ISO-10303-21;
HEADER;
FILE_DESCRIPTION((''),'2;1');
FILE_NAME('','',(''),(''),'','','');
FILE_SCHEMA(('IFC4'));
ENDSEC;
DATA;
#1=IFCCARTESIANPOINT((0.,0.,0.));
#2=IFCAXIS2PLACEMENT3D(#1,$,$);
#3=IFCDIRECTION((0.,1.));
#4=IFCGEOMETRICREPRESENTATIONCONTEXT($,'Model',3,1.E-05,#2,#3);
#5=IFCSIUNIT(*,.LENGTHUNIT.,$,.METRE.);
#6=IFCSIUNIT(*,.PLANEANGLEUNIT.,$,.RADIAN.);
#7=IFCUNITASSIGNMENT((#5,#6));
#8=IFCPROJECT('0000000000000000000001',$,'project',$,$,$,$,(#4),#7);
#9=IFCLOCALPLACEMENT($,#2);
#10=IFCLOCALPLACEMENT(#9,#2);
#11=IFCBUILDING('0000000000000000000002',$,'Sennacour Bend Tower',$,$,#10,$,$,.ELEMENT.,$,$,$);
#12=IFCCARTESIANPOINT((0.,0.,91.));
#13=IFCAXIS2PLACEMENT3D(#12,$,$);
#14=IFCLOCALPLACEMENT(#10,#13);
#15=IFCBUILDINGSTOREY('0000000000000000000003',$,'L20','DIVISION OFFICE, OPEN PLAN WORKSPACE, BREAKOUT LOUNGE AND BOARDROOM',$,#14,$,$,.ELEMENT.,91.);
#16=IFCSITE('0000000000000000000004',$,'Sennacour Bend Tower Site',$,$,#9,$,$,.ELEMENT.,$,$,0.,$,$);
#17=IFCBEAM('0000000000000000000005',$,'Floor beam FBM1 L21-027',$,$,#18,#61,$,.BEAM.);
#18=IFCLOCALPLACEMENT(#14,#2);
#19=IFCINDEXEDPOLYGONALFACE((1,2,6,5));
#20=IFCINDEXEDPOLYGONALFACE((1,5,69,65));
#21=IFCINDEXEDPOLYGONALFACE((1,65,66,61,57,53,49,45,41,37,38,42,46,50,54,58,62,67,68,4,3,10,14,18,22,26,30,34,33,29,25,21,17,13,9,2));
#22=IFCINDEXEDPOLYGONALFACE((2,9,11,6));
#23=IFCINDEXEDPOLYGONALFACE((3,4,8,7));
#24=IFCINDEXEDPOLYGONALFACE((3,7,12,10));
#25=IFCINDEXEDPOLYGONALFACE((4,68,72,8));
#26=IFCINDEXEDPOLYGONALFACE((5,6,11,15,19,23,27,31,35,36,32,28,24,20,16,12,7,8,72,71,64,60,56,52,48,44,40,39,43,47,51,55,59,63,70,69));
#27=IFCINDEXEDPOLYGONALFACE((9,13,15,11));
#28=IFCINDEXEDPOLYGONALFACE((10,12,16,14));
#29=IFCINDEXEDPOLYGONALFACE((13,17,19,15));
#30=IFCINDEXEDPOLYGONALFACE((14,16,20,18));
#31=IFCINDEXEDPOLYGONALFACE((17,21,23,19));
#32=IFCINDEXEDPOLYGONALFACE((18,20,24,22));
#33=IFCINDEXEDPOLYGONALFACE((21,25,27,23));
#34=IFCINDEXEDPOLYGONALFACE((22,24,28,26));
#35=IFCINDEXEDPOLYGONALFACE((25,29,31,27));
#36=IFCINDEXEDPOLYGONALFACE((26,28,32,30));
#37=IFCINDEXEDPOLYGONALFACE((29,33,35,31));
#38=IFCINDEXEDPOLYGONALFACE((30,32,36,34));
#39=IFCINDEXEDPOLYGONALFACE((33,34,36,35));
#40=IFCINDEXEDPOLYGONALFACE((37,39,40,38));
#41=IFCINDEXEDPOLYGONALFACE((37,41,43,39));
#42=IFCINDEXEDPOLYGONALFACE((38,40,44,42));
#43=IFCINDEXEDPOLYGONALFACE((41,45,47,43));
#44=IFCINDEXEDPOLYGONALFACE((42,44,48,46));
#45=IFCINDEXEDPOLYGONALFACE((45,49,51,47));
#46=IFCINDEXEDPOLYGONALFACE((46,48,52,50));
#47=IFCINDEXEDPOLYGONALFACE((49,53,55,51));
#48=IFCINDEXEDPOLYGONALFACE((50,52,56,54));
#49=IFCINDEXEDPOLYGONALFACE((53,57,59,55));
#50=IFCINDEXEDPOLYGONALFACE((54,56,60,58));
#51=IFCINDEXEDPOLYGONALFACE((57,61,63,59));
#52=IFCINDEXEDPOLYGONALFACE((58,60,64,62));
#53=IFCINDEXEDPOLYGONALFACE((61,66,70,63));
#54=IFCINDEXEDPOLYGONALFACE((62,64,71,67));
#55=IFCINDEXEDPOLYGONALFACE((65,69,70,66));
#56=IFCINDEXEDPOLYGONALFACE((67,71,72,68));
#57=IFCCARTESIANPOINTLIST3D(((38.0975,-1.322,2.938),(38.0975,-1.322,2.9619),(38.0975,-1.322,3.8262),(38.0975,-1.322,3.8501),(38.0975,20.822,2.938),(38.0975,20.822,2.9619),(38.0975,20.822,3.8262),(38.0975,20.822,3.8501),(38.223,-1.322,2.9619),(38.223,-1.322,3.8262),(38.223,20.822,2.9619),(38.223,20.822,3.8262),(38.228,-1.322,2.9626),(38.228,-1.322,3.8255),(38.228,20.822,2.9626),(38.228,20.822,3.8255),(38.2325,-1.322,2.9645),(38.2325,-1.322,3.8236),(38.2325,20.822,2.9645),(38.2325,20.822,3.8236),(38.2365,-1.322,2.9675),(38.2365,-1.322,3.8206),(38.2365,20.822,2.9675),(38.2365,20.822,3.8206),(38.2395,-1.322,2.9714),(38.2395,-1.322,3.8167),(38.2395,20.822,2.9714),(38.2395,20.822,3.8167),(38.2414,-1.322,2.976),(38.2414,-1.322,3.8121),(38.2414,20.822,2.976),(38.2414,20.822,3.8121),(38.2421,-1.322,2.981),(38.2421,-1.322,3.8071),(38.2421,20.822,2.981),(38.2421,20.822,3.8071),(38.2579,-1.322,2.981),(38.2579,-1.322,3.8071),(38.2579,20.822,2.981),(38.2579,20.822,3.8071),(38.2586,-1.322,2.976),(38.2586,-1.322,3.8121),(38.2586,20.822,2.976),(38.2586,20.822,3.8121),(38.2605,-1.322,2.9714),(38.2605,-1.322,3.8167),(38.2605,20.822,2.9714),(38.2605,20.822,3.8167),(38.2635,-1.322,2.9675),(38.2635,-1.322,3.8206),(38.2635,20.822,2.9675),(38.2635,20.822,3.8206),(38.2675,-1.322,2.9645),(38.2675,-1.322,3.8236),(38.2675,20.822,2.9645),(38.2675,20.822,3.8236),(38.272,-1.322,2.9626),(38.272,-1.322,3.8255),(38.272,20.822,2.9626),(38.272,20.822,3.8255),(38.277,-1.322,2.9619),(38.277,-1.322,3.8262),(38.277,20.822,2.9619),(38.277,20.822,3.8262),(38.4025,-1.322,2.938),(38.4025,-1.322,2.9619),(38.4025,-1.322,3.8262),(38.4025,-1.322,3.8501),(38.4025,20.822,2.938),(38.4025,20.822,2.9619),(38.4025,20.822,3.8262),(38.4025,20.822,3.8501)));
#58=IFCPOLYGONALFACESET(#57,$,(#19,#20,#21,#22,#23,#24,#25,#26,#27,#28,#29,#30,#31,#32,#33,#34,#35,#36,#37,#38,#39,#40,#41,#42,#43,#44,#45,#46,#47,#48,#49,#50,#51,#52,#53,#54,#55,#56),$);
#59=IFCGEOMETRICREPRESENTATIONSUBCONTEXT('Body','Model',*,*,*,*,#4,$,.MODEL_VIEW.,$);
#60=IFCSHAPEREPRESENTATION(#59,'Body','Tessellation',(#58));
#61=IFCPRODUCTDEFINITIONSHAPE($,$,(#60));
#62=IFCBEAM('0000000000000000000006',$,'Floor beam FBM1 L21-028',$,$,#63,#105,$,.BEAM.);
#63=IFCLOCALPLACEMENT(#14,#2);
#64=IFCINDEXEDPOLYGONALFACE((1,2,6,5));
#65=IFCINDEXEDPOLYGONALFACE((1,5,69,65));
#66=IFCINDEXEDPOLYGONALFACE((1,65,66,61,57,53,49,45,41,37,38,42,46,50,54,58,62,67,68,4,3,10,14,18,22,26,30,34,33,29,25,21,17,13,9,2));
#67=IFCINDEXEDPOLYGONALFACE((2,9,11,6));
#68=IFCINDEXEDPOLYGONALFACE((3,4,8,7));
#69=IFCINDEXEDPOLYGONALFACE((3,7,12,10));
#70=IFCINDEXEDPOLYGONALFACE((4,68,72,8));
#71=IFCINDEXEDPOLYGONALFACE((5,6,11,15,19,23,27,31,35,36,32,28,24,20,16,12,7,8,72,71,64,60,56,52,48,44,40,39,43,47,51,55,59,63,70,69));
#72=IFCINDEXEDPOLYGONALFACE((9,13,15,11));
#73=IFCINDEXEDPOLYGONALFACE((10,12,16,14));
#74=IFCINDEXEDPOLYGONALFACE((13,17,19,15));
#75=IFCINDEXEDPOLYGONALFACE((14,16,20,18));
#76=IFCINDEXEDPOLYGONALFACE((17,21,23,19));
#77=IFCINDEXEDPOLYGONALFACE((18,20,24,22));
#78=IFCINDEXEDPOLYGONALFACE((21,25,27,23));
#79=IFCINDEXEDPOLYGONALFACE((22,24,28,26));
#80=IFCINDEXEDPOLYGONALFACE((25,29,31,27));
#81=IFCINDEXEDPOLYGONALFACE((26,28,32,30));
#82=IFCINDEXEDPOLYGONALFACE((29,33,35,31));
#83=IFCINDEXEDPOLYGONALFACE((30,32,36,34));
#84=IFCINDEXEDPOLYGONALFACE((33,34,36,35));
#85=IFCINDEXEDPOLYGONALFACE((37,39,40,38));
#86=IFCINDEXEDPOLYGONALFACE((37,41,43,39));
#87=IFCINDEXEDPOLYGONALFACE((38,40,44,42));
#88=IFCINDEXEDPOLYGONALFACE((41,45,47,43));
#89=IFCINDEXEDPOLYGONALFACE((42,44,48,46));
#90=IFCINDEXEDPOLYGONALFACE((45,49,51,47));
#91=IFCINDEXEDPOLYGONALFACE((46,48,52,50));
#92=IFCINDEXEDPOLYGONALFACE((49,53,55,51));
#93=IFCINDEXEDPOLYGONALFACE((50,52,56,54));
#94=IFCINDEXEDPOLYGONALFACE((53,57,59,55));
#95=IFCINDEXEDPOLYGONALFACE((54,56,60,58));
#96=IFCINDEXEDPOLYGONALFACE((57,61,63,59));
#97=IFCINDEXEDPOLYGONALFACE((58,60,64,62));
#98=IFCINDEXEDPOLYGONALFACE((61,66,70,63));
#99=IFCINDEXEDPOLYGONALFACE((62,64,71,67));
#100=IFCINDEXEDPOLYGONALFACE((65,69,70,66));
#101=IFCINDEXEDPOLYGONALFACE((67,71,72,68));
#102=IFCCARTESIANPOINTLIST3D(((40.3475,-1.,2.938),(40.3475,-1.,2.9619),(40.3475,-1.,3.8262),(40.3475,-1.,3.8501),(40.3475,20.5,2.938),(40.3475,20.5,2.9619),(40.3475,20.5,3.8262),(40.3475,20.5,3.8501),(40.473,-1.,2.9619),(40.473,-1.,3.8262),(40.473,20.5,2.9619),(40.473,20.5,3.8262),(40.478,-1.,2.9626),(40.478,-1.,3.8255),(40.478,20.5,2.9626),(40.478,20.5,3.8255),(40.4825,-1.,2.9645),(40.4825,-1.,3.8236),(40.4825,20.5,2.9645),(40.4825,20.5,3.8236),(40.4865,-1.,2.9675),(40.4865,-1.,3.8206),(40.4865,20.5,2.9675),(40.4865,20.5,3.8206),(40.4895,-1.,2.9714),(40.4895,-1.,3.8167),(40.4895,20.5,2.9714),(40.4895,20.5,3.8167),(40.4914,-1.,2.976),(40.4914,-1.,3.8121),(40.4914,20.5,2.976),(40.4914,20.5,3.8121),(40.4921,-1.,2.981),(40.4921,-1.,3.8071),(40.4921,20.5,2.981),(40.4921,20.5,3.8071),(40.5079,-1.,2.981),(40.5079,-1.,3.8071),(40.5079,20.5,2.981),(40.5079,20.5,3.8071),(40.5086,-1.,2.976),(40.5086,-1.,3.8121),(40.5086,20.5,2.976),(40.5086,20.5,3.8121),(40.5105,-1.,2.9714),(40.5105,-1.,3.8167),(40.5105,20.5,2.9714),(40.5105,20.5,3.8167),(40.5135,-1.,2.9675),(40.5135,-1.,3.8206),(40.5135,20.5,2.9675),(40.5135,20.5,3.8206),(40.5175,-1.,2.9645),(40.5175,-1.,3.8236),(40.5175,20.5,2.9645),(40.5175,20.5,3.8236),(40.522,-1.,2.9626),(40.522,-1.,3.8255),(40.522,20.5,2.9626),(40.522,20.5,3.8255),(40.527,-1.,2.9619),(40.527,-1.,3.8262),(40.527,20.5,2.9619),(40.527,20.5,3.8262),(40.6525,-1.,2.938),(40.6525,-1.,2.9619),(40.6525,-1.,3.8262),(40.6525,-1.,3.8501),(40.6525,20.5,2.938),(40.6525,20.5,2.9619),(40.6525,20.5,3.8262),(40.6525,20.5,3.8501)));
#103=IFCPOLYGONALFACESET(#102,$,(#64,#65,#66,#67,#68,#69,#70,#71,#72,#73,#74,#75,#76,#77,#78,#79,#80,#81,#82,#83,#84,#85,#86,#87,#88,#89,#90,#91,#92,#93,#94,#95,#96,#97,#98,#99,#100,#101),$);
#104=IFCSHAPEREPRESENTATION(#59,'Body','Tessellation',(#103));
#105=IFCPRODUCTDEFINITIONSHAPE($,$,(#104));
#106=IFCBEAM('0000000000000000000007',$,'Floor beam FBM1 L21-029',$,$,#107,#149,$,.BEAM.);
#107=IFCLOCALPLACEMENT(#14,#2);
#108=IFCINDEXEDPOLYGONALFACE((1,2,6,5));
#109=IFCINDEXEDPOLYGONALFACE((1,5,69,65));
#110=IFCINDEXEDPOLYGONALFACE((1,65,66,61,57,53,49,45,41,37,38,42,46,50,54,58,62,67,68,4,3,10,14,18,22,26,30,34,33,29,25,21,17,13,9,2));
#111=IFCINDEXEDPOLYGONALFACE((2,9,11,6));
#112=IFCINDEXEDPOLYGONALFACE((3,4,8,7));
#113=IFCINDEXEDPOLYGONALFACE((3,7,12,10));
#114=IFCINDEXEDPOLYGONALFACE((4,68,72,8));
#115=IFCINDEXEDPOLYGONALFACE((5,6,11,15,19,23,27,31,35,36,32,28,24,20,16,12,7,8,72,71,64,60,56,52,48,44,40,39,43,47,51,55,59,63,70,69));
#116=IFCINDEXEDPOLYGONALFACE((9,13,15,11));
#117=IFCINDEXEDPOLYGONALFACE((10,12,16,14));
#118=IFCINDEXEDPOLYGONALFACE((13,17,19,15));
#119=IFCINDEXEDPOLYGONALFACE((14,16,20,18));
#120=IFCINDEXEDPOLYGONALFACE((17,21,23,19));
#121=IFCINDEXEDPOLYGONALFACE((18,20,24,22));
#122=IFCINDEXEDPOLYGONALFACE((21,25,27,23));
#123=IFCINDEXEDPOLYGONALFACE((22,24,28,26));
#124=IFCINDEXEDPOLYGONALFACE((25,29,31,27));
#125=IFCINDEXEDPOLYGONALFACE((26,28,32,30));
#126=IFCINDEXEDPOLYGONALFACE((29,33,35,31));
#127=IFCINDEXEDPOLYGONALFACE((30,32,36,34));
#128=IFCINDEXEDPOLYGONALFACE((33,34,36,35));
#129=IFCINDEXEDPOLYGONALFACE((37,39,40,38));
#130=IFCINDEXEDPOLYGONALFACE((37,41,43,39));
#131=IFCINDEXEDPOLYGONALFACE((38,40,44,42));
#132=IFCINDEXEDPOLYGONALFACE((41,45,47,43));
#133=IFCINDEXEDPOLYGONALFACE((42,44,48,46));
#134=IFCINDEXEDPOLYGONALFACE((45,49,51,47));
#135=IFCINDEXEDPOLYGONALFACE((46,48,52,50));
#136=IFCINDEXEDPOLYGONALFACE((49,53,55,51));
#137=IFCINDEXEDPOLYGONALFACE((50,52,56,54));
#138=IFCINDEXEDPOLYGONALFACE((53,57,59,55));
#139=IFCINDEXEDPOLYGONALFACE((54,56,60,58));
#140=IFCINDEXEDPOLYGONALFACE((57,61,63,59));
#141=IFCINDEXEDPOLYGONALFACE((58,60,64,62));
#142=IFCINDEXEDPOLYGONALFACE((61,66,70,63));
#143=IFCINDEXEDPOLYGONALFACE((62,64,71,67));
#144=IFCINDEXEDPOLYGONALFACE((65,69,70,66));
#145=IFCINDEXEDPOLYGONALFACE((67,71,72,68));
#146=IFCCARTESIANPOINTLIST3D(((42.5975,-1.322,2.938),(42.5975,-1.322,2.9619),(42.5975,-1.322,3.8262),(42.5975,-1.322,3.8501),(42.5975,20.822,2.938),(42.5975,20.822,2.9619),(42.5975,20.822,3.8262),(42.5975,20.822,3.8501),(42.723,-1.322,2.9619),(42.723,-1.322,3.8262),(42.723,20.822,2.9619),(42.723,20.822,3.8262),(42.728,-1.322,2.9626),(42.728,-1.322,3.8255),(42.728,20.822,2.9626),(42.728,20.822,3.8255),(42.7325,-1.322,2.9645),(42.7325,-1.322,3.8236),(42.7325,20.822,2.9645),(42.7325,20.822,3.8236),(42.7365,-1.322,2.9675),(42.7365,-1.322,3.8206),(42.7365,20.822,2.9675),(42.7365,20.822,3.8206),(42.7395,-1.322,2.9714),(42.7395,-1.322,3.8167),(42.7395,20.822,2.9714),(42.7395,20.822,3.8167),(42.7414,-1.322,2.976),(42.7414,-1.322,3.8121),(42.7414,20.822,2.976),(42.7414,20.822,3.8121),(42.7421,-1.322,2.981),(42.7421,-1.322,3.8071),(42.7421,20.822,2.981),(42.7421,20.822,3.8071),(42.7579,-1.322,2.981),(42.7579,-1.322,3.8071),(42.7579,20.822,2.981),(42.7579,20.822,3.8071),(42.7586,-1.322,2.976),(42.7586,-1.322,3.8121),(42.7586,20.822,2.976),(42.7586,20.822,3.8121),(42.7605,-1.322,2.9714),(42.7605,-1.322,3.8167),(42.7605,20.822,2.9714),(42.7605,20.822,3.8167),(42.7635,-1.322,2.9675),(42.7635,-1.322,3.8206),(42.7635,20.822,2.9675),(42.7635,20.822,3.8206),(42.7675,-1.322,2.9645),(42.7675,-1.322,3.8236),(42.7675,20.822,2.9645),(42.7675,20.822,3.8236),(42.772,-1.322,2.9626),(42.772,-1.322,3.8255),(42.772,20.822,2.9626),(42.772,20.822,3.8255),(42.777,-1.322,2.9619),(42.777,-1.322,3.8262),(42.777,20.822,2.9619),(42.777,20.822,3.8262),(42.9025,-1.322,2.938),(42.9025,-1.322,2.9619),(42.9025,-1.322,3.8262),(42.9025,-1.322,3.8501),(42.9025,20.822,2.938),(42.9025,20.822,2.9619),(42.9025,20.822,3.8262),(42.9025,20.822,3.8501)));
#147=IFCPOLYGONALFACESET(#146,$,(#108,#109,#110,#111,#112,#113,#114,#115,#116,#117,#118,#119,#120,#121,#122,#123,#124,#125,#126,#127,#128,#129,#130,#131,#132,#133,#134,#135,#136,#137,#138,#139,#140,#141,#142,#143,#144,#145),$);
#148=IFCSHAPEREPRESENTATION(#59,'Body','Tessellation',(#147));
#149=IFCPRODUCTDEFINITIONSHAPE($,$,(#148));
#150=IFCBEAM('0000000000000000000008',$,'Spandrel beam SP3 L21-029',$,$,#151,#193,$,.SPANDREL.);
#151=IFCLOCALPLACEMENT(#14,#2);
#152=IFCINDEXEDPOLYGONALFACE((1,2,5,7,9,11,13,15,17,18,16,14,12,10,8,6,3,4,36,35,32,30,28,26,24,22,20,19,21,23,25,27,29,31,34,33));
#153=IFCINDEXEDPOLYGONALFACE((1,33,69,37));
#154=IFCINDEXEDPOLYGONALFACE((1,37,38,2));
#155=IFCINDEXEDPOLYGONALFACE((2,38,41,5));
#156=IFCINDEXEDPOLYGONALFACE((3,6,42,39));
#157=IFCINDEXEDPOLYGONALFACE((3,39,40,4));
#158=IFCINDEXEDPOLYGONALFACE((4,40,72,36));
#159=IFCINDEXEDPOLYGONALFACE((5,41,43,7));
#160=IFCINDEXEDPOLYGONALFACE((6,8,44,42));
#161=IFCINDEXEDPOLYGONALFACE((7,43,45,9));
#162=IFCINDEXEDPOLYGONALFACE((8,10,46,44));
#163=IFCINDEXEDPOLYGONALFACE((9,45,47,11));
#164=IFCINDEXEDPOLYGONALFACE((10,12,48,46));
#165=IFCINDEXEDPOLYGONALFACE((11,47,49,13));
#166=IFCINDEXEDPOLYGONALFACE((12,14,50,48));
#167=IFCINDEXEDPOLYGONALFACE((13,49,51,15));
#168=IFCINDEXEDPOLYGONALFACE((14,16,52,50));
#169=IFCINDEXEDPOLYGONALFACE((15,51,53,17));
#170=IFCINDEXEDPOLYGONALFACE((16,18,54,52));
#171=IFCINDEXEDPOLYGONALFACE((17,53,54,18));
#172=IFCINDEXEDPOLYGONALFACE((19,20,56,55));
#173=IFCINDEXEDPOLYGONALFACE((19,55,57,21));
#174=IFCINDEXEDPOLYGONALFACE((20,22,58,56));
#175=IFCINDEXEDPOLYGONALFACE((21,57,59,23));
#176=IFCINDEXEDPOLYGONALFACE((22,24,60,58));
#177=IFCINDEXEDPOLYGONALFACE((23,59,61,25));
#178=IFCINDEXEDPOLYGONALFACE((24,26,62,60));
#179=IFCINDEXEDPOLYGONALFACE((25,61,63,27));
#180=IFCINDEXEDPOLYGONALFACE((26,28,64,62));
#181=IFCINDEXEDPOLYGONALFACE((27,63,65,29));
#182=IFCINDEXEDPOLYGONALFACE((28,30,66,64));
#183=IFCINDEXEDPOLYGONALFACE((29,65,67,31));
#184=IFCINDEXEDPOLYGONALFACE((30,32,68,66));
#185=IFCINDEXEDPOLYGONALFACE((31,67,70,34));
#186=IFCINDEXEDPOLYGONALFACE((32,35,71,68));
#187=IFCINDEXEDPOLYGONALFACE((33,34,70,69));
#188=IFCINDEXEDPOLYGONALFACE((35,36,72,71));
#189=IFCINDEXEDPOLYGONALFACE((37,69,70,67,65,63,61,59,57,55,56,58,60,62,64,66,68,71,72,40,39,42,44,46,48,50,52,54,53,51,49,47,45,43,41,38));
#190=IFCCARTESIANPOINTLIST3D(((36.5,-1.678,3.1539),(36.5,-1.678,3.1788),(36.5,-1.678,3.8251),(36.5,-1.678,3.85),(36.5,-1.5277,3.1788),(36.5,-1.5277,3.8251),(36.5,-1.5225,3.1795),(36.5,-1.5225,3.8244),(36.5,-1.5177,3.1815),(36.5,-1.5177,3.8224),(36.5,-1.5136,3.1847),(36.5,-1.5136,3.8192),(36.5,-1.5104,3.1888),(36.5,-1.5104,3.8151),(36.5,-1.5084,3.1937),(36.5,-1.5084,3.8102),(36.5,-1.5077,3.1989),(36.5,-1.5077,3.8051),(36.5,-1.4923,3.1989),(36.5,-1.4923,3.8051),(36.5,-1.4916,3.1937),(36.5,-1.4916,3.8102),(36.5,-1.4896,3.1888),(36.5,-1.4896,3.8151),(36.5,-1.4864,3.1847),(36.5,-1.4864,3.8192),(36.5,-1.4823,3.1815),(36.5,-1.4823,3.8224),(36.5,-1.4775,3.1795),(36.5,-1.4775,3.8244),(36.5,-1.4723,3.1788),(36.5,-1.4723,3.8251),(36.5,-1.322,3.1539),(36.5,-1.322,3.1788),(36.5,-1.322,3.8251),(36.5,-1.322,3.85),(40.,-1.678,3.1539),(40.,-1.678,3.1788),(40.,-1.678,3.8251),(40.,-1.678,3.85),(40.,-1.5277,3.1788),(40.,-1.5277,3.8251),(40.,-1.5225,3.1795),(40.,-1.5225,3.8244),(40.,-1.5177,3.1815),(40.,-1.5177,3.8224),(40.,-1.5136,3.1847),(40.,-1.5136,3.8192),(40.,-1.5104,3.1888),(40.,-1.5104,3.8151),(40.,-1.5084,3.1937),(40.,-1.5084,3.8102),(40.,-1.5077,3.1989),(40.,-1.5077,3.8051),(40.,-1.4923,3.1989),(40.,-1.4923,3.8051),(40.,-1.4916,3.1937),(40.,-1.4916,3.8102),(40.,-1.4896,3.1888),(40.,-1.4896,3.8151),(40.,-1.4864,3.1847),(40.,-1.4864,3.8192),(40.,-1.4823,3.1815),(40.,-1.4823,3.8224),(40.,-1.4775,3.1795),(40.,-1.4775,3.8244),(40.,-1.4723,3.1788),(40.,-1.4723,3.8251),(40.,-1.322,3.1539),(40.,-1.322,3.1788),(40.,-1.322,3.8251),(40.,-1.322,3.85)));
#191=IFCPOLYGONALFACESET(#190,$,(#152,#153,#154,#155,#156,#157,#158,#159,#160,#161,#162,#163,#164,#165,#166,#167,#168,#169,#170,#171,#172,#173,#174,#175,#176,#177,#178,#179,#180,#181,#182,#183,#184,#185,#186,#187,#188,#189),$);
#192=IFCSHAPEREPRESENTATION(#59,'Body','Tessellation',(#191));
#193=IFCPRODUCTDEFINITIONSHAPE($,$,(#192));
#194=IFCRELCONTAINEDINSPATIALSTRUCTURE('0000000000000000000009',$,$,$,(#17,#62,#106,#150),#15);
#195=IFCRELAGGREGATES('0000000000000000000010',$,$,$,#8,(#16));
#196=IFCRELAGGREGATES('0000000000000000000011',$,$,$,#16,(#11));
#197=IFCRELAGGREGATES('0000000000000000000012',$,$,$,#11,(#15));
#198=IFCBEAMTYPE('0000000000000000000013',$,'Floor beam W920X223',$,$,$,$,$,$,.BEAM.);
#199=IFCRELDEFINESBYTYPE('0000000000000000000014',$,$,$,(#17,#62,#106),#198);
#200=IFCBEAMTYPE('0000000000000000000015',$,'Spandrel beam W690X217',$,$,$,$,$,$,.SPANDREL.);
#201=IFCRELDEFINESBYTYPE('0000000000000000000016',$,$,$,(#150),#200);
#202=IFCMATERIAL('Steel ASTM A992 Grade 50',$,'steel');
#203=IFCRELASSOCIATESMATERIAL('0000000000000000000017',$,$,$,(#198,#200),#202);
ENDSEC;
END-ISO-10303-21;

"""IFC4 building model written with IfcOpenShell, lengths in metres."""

from ifc_helpers import new_model, si_unit, direction, frame, origin, origin_2d, place, context, subcontext, project, spatial, i_section, extrude, material, material_profile, profile_set, type_object, element, save


model = new_model("IFC4")

# Units and contexts
model_context = context("Model", 3, precision=1e-05, world=origin(), true_north=direction((0.0, 1.0)))
body_context = subcontext(model_context, "Body", "Model", "MODEL_VIEW")
ifc_project = project(units=[si_unit("LENGTHUNIT", "METRE"), si_unit("PLANEANGLEUNIT", "RADIAN")], contexts=[model_context])

# Site, building, storey
site_placement = place(None, origin())
site = spatial("IfcSite", under=ifc_project, at=site_placement, Name="Sennacour Bend Tower Site", CompositionType="ELEMENT", RefElevation=0.0)
building_placement = place(site_placement, origin())
building = spatial("IfcBuilding", under=site, at=building_placement, Name="Sennacour Bend Tower", CompositionType="ELEMENT")
storey_placement = place(building_placement, frame((0.0, 0.0, 91.0)))
storey = spatial("IfcBuildingStorey", under=building, at=storey_placement, Name="L20", Description="DIVISION OFFICE, OPEN PLAN WORKSPACE, BREAKOUT LOUNGE AND BOARDROOM", CompositionType="ELEMENT", Elevation=91.0)

# Beams
ifc_material_1 = material(Name="Steel ASTM A992 Grade 50", Category="steel")
ifc_material_profile_1 = material_profile(ifc_material_1, i_section(OverallWidth=0.3049, OverallDepth=0.9121, WebThickness=0.0159, FlangeThickness=0.0239, FilletRadius=0.019, at=origin_2d()), Name="Steel ASTM A992 Grade 50", Category="steel")
ifc_profile_set_1 = profile_set([ifc_material_profile_1], Name="Steel ASTM A992 Grade 50")
beam_type_1 = type_object("IfcBeamType", Name="Floor beam W920X223", PredefinedType="BEAM", material=ifc_profile_set_1)
beam_1_placement = place(storey_placement, frame((38.25, -1.322, 3.394), z_axis=(0.0, 1.0, 0.0), x_axis=(-1.0, 0.0, 0.0)))
element("IfcBeam", 1, at=beam_1_placement, inside=storey, type_object=beam_type_1, Name="Floor beam FBM1 L21-027", PredefinedType="BEAM", context=body_context, shape_type="SweptSolid", body=[
    extrude(i_section(OverallWidth=0.3049, OverallDepth=0.9121, WebThickness=0.0159, FlangeThickness=0.0239, FilletRadius=0.019, at=origin_2d()), origin(), (0.0, 0.0, 1.0), 22.144),
])
beam_2_placement = place(storey_placement, frame((40.5, -1.0, 3.394), z_axis=(0.0, 1.0, 0.0), x_axis=(-1.0, 0.0, 0.0)))
element("IfcBeam", 2, at=beam_2_placement, inside=storey, type_object=beam_type_1, Name="Floor beam FBM1 L21-028", PredefinedType="BEAM", context=body_context, shape_type="SweptSolid", body=[
    extrude(i_section(OverallWidth=0.3049, OverallDepth=0.9121, WebThickness=0.0159, FlangeThickness=0.0239, FilletRadius=0.019, at=origin_2d()), origin(), (0.0, 0.0, 1.0), 21.5),
])
beam_3_placement = place(storey_placement, frame((42.75, -1.322, 3.394), z_axis=(0.0, 1.0, 0.0), x_axis=(-1.0, 0.0, 0.0)))
element("IfcBeam", 3, at=beam_3_placement, inside=storey, type_object=beam_type_1, Name="Floor beam FBM1 L21-029", PredefinedType="BEAM", context=body_context, shape_type="SweptSolid", body=[
    extrude(i_section(OverallWidth=0.3049, OverallDepth=0.9121, WebThickness=0.0159, FlangeThickness=0.0239, FilletRadius=0.019, at=origin_2d()), origin(), (0.0, 0.0, 1.0), 22.144),
])
ifc_material_profile_2 = material_profile(ifc_material_1, i_section(OverallWidth=0.356, OverallDepth=0.696, WebThickness=0.0154, FlangeThickness=0.0249, FilletRadius=0.02, at=origin_2d()), Name="Steel ASTM A992 Grade 50", Category="steel")
ifc_profile_set_2 = profile_set([ifc_material_profile_2], Name="Steel ASTM A992 Grade 50")
beam_type_2 = type_object("IfcBeamType", Name="Spandrel beam W690X217", PredefinedType="SPANDREL", material=ifc_profile_set_2)
for number, where, z_axis, x_axis, name in (
    (4, (40.0, -1.5, 3.502), (-1.0, 0.0, 0.0), (0.0, -1.0, 0.0), "Spandrel beam SP3 L21-029"),
):
    element("IfcBeam", number, at=place(storey_placement, frame(where, z_axis=z_axis, x_axis=x_axis)), inside=storey, type_object=beam_type_2, Name=name, PredefinedType="SPANDREL", context=body_context, shape_type="SweptSolid", body=[
        extrude(i_section(OverallWidth=0.356, OverallDepth=0.696, WebThickness=0.0154, FlangeThickness=0.0249, FilletRadius=0.02, at=origin_2d()), origin(), (0.0, 0.0, 1.0), 3.5),
    ])

save(model, "model.ifc")
